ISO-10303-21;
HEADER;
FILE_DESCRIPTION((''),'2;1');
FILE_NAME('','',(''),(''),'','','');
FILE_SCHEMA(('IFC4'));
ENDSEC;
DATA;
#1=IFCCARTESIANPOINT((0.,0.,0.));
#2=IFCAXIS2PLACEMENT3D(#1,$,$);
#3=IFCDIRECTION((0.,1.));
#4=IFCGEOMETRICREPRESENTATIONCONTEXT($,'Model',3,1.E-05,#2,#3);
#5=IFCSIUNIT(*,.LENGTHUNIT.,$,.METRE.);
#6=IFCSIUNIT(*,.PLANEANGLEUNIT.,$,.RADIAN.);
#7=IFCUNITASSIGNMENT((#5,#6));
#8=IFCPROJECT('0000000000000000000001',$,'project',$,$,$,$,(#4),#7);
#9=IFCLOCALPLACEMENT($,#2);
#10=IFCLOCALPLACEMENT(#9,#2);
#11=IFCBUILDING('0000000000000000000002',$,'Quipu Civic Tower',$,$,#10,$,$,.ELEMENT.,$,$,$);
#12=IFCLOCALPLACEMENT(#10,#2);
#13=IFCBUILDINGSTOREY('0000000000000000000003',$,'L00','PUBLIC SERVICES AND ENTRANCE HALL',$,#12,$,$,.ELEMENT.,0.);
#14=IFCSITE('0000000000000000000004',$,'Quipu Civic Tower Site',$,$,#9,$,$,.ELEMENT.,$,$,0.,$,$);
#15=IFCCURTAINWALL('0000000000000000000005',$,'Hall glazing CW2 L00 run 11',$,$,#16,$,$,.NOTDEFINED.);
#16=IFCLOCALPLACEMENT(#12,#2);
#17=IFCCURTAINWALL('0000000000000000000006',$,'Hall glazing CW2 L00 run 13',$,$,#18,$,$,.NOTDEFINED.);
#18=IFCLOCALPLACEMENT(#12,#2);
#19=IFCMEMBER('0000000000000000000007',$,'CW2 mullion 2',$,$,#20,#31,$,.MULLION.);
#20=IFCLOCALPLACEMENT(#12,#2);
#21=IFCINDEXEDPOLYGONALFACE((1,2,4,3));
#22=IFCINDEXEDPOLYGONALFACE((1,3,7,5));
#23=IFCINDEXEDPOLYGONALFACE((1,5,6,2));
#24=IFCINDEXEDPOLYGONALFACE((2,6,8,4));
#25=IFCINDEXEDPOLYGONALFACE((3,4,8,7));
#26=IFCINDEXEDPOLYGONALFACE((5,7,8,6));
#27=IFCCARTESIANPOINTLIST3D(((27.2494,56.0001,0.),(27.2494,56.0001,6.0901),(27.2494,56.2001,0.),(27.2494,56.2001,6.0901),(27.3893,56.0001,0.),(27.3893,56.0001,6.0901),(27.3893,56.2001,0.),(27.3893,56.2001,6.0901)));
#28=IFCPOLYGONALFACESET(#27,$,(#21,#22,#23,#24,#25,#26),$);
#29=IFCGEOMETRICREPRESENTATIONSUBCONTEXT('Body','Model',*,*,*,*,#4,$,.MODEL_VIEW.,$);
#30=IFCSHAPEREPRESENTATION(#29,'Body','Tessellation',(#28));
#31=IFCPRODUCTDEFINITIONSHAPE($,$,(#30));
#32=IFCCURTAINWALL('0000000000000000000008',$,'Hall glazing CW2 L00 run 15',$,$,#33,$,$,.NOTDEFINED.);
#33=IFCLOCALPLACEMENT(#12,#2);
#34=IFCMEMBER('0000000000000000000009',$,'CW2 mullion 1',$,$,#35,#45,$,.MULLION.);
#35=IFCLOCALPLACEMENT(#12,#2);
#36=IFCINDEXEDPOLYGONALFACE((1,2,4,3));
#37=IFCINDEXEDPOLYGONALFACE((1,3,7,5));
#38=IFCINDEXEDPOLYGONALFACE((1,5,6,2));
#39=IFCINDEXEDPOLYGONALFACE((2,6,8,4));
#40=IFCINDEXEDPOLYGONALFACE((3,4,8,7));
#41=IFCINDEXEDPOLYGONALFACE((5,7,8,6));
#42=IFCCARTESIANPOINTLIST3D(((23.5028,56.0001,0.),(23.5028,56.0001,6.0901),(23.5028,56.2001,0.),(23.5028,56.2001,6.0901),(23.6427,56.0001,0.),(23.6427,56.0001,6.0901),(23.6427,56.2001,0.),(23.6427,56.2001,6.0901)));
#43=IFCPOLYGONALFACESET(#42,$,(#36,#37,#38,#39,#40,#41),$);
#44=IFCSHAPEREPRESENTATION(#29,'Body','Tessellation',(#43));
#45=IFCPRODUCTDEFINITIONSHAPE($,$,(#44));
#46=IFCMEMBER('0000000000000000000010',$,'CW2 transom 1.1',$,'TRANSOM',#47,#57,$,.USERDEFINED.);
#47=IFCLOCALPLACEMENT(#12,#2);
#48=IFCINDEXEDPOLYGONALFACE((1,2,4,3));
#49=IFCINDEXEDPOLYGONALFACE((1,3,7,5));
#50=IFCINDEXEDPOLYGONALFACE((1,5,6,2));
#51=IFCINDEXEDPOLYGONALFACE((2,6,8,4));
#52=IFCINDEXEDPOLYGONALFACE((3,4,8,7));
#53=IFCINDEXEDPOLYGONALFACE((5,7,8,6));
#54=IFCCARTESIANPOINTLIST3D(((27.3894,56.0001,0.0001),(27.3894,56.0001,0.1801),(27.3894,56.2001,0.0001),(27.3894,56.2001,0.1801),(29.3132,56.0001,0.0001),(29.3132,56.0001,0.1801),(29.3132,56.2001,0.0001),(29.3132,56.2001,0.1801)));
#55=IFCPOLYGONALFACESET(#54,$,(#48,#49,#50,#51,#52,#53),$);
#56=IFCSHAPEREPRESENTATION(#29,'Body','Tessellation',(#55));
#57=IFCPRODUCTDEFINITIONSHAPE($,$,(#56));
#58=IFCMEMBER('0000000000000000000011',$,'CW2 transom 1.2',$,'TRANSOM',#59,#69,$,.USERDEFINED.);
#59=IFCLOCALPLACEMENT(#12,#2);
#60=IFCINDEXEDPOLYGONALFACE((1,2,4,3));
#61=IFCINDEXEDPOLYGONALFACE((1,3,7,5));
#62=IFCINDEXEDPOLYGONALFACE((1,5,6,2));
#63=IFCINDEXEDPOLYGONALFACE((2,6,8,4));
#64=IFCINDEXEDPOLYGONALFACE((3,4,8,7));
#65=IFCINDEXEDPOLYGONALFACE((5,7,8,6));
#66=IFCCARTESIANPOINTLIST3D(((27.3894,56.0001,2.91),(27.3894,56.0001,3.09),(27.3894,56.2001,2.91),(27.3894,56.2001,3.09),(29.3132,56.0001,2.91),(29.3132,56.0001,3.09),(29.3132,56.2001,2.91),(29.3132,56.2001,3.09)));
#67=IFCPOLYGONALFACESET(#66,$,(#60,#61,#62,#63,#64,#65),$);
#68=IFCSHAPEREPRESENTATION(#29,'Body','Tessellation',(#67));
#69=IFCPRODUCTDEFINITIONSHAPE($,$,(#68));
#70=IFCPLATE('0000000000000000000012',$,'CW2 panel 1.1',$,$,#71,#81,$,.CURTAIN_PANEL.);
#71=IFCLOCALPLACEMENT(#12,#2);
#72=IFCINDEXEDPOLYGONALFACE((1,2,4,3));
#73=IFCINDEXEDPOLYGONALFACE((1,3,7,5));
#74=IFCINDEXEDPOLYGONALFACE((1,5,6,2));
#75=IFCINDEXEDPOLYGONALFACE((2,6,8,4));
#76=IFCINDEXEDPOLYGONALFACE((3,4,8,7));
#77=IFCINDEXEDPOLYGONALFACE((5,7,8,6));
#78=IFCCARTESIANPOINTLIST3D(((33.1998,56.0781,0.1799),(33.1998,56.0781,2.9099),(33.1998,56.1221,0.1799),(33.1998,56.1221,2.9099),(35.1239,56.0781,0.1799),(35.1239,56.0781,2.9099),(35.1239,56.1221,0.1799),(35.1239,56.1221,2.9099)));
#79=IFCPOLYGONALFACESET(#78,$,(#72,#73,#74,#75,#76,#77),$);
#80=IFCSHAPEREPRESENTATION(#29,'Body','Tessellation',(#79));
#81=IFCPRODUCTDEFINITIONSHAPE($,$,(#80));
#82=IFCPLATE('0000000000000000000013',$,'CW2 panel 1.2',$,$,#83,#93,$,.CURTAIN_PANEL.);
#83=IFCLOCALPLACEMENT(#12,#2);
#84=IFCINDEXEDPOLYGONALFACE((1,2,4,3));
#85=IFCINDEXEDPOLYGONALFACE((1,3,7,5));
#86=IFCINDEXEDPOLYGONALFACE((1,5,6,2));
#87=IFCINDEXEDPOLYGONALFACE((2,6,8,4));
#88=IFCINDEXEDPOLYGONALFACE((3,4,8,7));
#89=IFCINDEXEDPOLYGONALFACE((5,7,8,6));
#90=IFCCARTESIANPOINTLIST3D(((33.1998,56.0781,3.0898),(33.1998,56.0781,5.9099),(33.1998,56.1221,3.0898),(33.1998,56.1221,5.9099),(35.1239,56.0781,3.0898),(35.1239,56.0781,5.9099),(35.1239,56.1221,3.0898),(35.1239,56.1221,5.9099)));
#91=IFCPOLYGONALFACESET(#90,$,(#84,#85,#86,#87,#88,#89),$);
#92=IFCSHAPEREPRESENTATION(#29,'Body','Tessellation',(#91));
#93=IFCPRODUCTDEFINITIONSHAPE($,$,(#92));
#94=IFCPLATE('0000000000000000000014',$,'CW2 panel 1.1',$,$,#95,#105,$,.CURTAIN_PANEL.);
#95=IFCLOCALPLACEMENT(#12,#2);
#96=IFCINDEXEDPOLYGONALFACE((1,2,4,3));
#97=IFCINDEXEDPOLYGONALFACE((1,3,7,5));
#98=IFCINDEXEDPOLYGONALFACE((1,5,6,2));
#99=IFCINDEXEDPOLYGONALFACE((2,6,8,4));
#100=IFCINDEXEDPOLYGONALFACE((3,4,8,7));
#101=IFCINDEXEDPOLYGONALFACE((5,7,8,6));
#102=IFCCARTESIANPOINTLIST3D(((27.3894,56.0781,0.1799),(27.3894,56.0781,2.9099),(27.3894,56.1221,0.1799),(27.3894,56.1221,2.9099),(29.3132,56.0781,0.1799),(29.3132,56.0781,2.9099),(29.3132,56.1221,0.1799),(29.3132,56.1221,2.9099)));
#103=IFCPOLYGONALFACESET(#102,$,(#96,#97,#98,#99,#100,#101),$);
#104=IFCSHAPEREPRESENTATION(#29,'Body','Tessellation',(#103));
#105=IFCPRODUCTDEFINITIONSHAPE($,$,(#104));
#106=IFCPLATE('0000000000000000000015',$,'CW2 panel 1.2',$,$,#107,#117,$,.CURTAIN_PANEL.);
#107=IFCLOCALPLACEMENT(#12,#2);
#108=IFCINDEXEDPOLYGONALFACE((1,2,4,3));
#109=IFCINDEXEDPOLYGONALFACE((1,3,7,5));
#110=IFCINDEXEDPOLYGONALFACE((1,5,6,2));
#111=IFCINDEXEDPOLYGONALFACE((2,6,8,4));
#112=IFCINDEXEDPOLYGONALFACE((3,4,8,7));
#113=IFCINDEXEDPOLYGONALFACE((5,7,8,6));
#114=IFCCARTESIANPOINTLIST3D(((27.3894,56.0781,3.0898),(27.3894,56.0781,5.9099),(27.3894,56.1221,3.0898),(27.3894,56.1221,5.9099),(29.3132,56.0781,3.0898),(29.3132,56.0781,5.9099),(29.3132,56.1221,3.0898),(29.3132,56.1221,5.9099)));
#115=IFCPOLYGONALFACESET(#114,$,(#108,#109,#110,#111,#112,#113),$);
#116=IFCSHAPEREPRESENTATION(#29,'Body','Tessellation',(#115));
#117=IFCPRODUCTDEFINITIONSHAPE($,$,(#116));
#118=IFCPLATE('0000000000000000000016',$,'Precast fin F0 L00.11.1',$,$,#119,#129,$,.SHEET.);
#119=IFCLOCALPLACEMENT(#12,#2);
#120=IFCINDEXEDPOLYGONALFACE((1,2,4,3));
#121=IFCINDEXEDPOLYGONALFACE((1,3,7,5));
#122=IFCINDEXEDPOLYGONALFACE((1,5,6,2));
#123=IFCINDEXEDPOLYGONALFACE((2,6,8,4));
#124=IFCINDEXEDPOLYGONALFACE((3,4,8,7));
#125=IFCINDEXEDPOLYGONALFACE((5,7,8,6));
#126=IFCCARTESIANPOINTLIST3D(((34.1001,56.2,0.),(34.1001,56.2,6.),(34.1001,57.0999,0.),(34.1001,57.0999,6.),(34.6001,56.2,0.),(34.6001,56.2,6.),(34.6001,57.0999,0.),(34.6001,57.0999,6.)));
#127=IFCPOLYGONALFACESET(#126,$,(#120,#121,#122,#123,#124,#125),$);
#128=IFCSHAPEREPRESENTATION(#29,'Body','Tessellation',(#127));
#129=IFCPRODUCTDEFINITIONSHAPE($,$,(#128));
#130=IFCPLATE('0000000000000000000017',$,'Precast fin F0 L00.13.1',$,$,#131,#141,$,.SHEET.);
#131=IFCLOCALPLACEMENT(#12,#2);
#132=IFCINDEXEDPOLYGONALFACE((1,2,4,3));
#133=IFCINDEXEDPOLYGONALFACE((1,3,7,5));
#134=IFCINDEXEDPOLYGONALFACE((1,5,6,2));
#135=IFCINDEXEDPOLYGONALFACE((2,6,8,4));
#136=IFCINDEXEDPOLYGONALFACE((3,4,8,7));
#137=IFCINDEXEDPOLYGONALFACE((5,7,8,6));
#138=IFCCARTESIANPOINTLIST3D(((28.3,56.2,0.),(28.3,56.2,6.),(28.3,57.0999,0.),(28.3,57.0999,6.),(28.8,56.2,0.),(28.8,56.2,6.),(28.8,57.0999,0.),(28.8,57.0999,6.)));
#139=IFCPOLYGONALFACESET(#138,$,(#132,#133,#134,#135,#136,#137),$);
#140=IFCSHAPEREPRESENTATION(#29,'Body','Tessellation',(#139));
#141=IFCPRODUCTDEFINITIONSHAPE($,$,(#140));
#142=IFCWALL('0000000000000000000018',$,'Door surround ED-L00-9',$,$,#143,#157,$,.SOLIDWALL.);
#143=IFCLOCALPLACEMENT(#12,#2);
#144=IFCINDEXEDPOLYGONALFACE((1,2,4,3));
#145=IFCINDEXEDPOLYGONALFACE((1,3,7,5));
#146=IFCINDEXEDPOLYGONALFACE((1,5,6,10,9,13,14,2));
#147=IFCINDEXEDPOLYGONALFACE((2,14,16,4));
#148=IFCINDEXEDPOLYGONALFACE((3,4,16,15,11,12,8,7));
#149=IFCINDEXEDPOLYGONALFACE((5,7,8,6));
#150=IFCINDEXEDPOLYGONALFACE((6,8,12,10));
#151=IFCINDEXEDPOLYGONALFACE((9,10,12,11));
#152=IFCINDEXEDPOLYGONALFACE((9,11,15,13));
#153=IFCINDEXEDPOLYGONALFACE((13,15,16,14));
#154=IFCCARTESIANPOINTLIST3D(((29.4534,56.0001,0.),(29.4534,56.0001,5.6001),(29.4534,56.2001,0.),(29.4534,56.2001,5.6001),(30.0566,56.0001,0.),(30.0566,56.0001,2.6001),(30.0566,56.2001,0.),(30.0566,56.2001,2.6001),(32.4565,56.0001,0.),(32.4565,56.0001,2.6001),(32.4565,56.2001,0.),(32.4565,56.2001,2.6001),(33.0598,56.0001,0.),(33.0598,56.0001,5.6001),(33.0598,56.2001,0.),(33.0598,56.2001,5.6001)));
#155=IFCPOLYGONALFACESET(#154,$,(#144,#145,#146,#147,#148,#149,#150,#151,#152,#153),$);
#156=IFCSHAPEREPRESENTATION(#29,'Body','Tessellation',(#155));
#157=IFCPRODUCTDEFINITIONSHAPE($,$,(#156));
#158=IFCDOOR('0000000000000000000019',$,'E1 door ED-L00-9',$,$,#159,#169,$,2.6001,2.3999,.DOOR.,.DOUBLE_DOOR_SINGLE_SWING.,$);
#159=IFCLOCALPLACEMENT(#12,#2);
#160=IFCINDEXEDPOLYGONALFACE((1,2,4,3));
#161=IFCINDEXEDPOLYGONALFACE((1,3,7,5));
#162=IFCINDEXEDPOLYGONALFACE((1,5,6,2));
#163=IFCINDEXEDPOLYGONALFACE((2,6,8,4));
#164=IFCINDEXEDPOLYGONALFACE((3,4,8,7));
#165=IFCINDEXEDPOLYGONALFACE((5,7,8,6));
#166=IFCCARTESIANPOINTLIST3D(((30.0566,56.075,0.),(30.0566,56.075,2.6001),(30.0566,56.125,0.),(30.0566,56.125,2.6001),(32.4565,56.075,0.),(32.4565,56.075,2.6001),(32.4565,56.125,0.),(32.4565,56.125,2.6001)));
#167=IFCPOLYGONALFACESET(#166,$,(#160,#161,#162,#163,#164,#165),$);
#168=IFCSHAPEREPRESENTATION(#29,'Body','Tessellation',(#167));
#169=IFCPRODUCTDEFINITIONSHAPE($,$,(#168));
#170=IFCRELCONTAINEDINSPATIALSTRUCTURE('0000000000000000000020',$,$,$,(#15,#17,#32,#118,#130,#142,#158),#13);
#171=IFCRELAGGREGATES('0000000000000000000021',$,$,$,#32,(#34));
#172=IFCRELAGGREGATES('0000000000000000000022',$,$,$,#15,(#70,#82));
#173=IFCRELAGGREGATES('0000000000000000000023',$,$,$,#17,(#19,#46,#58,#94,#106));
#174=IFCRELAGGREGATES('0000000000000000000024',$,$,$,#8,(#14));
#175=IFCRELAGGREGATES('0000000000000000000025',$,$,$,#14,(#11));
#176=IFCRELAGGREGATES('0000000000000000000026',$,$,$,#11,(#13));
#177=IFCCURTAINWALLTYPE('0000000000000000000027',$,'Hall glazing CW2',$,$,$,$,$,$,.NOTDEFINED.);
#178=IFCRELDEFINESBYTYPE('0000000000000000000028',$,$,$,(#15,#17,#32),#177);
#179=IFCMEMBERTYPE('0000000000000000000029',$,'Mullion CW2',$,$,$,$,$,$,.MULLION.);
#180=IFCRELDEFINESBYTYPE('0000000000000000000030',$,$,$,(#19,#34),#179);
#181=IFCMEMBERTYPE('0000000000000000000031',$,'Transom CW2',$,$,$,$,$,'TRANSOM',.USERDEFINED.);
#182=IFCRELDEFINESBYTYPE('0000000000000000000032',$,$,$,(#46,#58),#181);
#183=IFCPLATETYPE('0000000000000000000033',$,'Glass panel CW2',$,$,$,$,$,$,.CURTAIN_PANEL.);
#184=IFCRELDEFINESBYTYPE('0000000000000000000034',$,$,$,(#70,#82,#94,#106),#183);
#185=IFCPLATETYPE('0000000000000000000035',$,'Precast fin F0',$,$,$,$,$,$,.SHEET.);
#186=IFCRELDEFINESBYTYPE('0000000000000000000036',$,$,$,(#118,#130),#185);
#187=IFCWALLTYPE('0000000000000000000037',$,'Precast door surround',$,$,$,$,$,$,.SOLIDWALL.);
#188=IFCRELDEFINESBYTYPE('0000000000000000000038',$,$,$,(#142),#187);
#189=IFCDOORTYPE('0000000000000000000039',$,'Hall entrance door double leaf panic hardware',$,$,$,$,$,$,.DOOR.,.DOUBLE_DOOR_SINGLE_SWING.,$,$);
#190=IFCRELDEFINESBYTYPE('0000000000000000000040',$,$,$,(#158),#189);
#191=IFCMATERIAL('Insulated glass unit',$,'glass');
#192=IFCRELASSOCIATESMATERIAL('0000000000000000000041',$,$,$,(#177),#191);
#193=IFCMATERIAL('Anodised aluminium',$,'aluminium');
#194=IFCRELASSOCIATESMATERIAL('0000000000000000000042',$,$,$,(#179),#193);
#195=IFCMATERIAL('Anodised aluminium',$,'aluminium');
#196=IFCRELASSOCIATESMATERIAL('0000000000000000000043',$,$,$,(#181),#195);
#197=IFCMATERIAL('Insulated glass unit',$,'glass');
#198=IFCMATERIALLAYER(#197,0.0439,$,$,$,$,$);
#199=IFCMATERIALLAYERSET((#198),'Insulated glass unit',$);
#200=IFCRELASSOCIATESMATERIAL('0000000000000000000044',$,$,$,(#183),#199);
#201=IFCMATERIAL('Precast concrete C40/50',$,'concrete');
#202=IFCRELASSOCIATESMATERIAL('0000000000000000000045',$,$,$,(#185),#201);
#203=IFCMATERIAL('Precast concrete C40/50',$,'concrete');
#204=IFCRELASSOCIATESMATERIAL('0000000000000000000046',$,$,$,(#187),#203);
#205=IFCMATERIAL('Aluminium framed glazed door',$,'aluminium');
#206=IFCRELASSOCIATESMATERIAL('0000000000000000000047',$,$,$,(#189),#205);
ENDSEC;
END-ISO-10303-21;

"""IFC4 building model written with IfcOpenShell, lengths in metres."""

from ifc_helpers import new_model, si_unit, direction, frame, frame_2d, origin, origin_2d, place, context, subcontext, project, spatial, rectangle, extrude, material, layer, layer_set, material_profile, profile_set, type_object, element, fill, aggregate, save


model = new_model("IFC4")

# Units and contexts
model_context = context("Model", 3, precision=1e-05, world=origin(), true_north=direction((0.0, 1.0)))
body_context = subcontext(model_context, "Body", "Model", "MODEL_VIEW")
ifc_project = project(units=[si_unit("LENGTHUNIT", "METRE"), si_unit("PLANEANGLEUNIT", "RADIAN")], contexts=[model_context])

# Site, building, storey
site_placement = place(None, origin())
site = spatial("IfcSite", under=ifc_project, at=site_placement, Name="Quipu Civic Tower Site", CompositionType="ELEMENT", RefElevation=0.0)
building_placement = place(site_placement, origin())
building = spatial("IfcBuilding", under=site, at=building_placement, Name="Quipu Civic Tower", CompositionType="ELEMENT")
storey_placement = place(building_placement, origin())
storey = spatial("IfcBuildingStorey", under=building, at=storey_placement, Name="L00", Description="PUBLIC SERVICES AND ENTRANCE HALL", CompositionType="ELEMENT", Elevation=0.0)

# Curtain wall
ifc_material_1 = material(Name="Insulated glass unit", Category="glass")
curtain_wall_type = type_object("IfcCurtainWallType", Name="Hall glazing CW2", PredefinedType="NOTDEFINED", material=ifc_material_1)
curtain_wall_1_placement = place(storey_placement, origin())
curtain_wall_1 = element("IfcCurtainWall", 1, at=curtain_wall_1_placement, inside=storey, type_object=curtain_wall_type, Name="Hall glazing CW2 L00 run 11", PredefinedType="NOTDEFINED")
ifc_material_2 = material(Name="Anodised aluminium", Category="aluminium")
ifc_material_profile_1 = material_profile(ifc_material_2, rectangle(XDim=0.2, YDim=0.1399, at=origin_2d()), Name="RECT 200x140")
ifc_profile_set_1 = profile_set([ifc_material_profile_1], Name="Anodised aluminium")
member_type_1 = type_object("IfcMemberType", Name="Mullion CW2", PredefinedType="MULLION", material=ifc_profile_set_1)

# Curtain wall, member
curtain_wall_2_placement = place(storey_placement, origin())
curtain_wall_2 = element("IfcCurtainWall", 2, at=curtain_wall_2_placement, inside=storey, type_object=curtain_wall_type, Name="Hall glazing CW2 L00 run 13", PredefinedType="NOTDEFINED")
member_1_placement = place(storey_placement, frame((27.3193, 56.1001, 0.0), z_axis=(0.0, 0.0, 1.0), x_axis=(0.0, -1.0, 0.0)))
member_1 = element("IfcMember", 3, at=member_1_placement, type_object=member_type_1, Name="CW2 mullion 2", PredefinedType="MULLION", context=body_context, shape_type="SweptSolid", body=[
    extrude(rectangle(XDim=0.2, YDim=0.1399, at=origin_2d()), origin(), (0.0, 0.0, 1.0), 6.0901),
])

# Curtain wall, member
curtain_wall_3_placement = place(storey_placement, origin())
curtain_wall_3 = element("IfcCurtainWall", 4, at=curtain_wall_3_placement, inside=storey, type_object=curtain_wall_type, Name="Hall glazing CW2 L00 run 15", PredefinedType="NOTDEFINED")
member_2_placement = place(storey_placement, frame((23.5728, 56.1001, 0.0), z_axis=(0.0, 0.0, 1.0), x_axis=(0.0, -1.0, 0.0)))
member_2 = element("IfcMember", 5, at=member_2_placement, type_object=member_type_1, Name="CW2 mullion 1", PredefinedType="MULLION", context=body_context, shape_type="SweptSolid", body=[
    extrude(rectangle(XDim=0.2, YDim=0.1399, at=origin_2d()), origin(), (0.0, 0.0, 1.0), 6.0901),
])
aggregate(curtain_wall_3, [member_2])

# Members
ifc_material_3 = material(Name="Anodised aluminium", Category="aluminium")
ifc_material_profile_2 = material_profile(ifc_material_3, rectangle(XDim=0.2, YDim=0.1799, at=origin_2d()), Name="RECT 200x180")
ifc_profile_set_2 = profile_set([ifc_material_profile_2], Name="Anodised aluminium")
member_type_2 = type_object("IfcMemberType", Name="Transom CW2", ElementType="TRANSOM", PredefinedType="USERDEFINED", material=ifc_profile_set_2)
member_3_placement = place(storey_placement, frame((29.3132, 56.1001, 0.0901), z_axis=(-1.0, 0.0, 0.0), x_axis=(0.0, -1.0, 0.0)))
member_3 = element("IfcMember", 6, at=member_3_placement, type_object=member_type_2, Name="CW2 transom 1.1", ObjectType="TRANSOM", PredefinedType="USERDEFINED", context=body_context, shape_type="SweptSolid", body=[
    extrude(rectangle(XDim=0.2, YDim=0.1799, at=origin_2d()), origin(), (0.0, 0.0, 1.0), 1.9238),
])
member_4_placement = place(storey_placement, frame((29.3132, 56.1001, 3.0), z_axis=(-1.0, 0.0, 0.0), x_axis=(0.0, -1.0, 0.0)))
member_4 = element("IfcMember", 7, at=member_4_placement, type_object=member_type_2, Name="CW2 transom 1.2", ObjectType="TRANSOM", PredefinedType="USERDEFINED", context=body_context, shape_type="SweptSolid", body=[
    extrude(rectangle(XDim=0.2, YDim=0.1799, at=origin_2d()), origin(), (0.0, 0.0, 1.0), 1.9238),
])

# Plates
ifc_material_4 = material(Name="Insulated glass unit", Category="glass")
ifc_layer = layer(ifc_material_4, 0.0439)
ifc_layer_set = layer_set([ifc_layer], Name="Insulated glass unit")
plate_type_1 = type_object("IfcPlateType", Name="Glass panel CW2", PredefinedType="CURTAIN_PANEL", material=ifc_layer_set)
plate_1_placement = place(storey_placement, frame((34.1619, 56.1001, 0.1799), z_axis=(0.0, 0.0, 1.0), x_axis=(-1.0, 0.0, 0.0)))
plate_1 = element("IfcPlate", 8, at=plate_1_placement, type_object=plate_type_1, Name="CW2 panel 1.1", PredefinedType="CURTAIN_PANEL", context=body_context, shape_type="SweptSolid", body=[
    extrude(rectangle(XDim=1.9241, YDim=0.0439, at=origin_2d()), origin(), (0.0, 0.0, 1.0), 2.73),
])
plate_2_placement = place(storey_placement, frame((34.1619, 56.1001, 3.0898), z_axis=(0.0, 0.0, 1.0), x_axis=(-1.0, 0.0, 0.0)))
plate_2 = element("IfcPlate", 9, at=plate_2_placement, type_object=plate_type_1, Name="CW2 panel 1.2", PredefinedType="CURTAIN_PANEL", context=body_context, shape_type="SweptSolid", body=[
    extrude(rectangle(XDim=1.9241, YDim=0.0439, at=origin_2d()), origin(), (0.0, 0.0, 1.0), 2.8201),
])
aggregate(curtain_wall_1, [plate_1, plate_2])
plate_3_placement = place(storey_placement, frame((28.3513, 56.1001, 0.1799), z_axis=(0.0, 0.0, 1.0), x_axis=(-1.0, 0.0, 0.0)))
plate_3 = element("IfcPlate", 10, at=plate_3_placement, type_object=plate_type_1, Name="CW2 panel 1.1", PredefinedType="CURTAIN_PANEL", context=body_context, shape_type="SweptSolid", body=[
    extrude(rectangle(XDim=1.9238, YDim=0.0439, at=origin_2d()), origin(), (0.0, 0.0, 1.0), 2.73),
])
plate_4_placement = place(storey_placement, frame((28.3513, 56.1001, 3.0898), z_axis=(0.0, 0.0, 1.0), x_axis=(-1.0, 0.0, 0.0)))
plate_4 = element("IfcPlate", 11, at=plate_4_placement, type_object=plate_type_1, Name="CW2 panel 1.2", PredefinedType="CURTAIN_PANEL", context=body_context, shape_type="SweptSolid", body=[
    extrude(rectangle(XDim=1.9238, YDim=0.0439, at=origin_2d()), origin(), (0.0, 0.0, 1.0), 2.8201),
])
aggregate(curtain_wall_2, [member_1, member_3, member_4, plate_3, plate_4])

# Plates
ifc_material_5 = material(Name="Precast concrete C40/50", Category="concrete")
plate_type_2 = type_object("IfcPlateType", Name="Precast fin F0", PredefinedType="SHEET", material=ifc_material_5)
for number, where, z_axis, x_axis, name in (
    (12, (34.3501, 56.6499, 0.0), (0.0, 0.0, 1.0), (-1.0, 0.0, 0.0), "Precast fin F0 L00.11.1"),
    (13, (28.55, 56.6499, 0.0), (0.0, 0.0, 1.0), (-1.0, 0.0, 0.0), "Precast fin F0 L00.13.1"),
):
    element("IfcPlate", number, at=place(storey_placement, frame(where, z_axis=z_axis, x_axis=x_axis)), inside=storey, type_object=plate_type_2, Name=name, PredefinedType="SHEET", context=body_context, shape_type="SweptSolid", body=[
        extrude(rectangle(XDim=0.5, YDim=0.8999, at=origin_2d()), origin(), (0.0, 0.0, 1.0), 6.0),
    ])

# Wall, opening, door
ifc_material_6 = material(Name="Precast concrete C40/50", Category="concrete")
wall_type = type_object("IfcWallType", Name="Precast door surround", PredefinedType="SOLIDWALL", material=ifc_material_6)
wall_1_placement = place(storey_placement, frame((29.4534, 56.1001, 0.0), z_axis=(0.0, 0.0, 1.0), x_axis=(1.0, 0.0, 0.0)))
wall_1 = element("IfcWall", 14, at=wall_1_placement, inside=storey, type_object=wall_type, Name="Door surround ED-L00-9", PredefinedType="SOLIDWALL", context=body_context, shape_type="SweptSolid", body=[
    extrude(rectangle(XDim=3.6064, YDim=0.2, at=frame_2d((1.8032, 0.0))), origin(), (0.0, 0.0, 1.0), 5.6001),
])
opening_1_placement = place(wall_1_placement, frame((0.6033, 0.0, 0.0)))
opening_1 = element("IfcOpeningElement", 15, at=opening_1_placement, cuts=wall_1, PredefinedType="OPENING", context=body_context, shape_type="SweptSolid", body=[
    extrude(rectangle(XDim=2.3999, YDim=2.6001, at=frame_2d((1.2, 1.3))), frame((0.0, 0.1099, 0.0), z_axis=(0.0, -1.0, 0.0), x_axis=(1.0, 0.0, 0.0)), (0.0, 0.0, 1.0), 0.22),
])
ifc_material_7 = material(Name="Aluminium framed glazed door", Category="aluminium")
door_type = type_object("IfcDoorType", Name="Hall entrance door double leaf panic hardware", OperationType="DOUBLE_DOOR_SINGLE_SWING", PredefinedType="DOOR", material=ifc_material_7)
door_1_placement = place(opening_1_placement, origin())
door_1 = element("IfcDoor", 16, at=door_1_placement, inside=storey, type_object=door_type, Name="E1 door ED-L00-9", OperationType="DOUBLE_DOOR_SINGLE_SWING", OverallHeight=2.6001, OverallWidth=2.3999, PredefinedType="DOOR", context=body_context, shape_type="SweptSolid", body=[
    extrude(rectangle(XDim=2.3999, YDim=2.6001, at=frame_2d((1.2, 1.3))), frame((0.0, 0.0249, 0.0), z_axis=(0.0, -1.0, 0.0), x_axis=(1.0, 0.0, 0.0)), (0.0, 0.0, 1.0), 0.05),
])
fill(opening_1, door_1)

save(model, "model.ifc")
